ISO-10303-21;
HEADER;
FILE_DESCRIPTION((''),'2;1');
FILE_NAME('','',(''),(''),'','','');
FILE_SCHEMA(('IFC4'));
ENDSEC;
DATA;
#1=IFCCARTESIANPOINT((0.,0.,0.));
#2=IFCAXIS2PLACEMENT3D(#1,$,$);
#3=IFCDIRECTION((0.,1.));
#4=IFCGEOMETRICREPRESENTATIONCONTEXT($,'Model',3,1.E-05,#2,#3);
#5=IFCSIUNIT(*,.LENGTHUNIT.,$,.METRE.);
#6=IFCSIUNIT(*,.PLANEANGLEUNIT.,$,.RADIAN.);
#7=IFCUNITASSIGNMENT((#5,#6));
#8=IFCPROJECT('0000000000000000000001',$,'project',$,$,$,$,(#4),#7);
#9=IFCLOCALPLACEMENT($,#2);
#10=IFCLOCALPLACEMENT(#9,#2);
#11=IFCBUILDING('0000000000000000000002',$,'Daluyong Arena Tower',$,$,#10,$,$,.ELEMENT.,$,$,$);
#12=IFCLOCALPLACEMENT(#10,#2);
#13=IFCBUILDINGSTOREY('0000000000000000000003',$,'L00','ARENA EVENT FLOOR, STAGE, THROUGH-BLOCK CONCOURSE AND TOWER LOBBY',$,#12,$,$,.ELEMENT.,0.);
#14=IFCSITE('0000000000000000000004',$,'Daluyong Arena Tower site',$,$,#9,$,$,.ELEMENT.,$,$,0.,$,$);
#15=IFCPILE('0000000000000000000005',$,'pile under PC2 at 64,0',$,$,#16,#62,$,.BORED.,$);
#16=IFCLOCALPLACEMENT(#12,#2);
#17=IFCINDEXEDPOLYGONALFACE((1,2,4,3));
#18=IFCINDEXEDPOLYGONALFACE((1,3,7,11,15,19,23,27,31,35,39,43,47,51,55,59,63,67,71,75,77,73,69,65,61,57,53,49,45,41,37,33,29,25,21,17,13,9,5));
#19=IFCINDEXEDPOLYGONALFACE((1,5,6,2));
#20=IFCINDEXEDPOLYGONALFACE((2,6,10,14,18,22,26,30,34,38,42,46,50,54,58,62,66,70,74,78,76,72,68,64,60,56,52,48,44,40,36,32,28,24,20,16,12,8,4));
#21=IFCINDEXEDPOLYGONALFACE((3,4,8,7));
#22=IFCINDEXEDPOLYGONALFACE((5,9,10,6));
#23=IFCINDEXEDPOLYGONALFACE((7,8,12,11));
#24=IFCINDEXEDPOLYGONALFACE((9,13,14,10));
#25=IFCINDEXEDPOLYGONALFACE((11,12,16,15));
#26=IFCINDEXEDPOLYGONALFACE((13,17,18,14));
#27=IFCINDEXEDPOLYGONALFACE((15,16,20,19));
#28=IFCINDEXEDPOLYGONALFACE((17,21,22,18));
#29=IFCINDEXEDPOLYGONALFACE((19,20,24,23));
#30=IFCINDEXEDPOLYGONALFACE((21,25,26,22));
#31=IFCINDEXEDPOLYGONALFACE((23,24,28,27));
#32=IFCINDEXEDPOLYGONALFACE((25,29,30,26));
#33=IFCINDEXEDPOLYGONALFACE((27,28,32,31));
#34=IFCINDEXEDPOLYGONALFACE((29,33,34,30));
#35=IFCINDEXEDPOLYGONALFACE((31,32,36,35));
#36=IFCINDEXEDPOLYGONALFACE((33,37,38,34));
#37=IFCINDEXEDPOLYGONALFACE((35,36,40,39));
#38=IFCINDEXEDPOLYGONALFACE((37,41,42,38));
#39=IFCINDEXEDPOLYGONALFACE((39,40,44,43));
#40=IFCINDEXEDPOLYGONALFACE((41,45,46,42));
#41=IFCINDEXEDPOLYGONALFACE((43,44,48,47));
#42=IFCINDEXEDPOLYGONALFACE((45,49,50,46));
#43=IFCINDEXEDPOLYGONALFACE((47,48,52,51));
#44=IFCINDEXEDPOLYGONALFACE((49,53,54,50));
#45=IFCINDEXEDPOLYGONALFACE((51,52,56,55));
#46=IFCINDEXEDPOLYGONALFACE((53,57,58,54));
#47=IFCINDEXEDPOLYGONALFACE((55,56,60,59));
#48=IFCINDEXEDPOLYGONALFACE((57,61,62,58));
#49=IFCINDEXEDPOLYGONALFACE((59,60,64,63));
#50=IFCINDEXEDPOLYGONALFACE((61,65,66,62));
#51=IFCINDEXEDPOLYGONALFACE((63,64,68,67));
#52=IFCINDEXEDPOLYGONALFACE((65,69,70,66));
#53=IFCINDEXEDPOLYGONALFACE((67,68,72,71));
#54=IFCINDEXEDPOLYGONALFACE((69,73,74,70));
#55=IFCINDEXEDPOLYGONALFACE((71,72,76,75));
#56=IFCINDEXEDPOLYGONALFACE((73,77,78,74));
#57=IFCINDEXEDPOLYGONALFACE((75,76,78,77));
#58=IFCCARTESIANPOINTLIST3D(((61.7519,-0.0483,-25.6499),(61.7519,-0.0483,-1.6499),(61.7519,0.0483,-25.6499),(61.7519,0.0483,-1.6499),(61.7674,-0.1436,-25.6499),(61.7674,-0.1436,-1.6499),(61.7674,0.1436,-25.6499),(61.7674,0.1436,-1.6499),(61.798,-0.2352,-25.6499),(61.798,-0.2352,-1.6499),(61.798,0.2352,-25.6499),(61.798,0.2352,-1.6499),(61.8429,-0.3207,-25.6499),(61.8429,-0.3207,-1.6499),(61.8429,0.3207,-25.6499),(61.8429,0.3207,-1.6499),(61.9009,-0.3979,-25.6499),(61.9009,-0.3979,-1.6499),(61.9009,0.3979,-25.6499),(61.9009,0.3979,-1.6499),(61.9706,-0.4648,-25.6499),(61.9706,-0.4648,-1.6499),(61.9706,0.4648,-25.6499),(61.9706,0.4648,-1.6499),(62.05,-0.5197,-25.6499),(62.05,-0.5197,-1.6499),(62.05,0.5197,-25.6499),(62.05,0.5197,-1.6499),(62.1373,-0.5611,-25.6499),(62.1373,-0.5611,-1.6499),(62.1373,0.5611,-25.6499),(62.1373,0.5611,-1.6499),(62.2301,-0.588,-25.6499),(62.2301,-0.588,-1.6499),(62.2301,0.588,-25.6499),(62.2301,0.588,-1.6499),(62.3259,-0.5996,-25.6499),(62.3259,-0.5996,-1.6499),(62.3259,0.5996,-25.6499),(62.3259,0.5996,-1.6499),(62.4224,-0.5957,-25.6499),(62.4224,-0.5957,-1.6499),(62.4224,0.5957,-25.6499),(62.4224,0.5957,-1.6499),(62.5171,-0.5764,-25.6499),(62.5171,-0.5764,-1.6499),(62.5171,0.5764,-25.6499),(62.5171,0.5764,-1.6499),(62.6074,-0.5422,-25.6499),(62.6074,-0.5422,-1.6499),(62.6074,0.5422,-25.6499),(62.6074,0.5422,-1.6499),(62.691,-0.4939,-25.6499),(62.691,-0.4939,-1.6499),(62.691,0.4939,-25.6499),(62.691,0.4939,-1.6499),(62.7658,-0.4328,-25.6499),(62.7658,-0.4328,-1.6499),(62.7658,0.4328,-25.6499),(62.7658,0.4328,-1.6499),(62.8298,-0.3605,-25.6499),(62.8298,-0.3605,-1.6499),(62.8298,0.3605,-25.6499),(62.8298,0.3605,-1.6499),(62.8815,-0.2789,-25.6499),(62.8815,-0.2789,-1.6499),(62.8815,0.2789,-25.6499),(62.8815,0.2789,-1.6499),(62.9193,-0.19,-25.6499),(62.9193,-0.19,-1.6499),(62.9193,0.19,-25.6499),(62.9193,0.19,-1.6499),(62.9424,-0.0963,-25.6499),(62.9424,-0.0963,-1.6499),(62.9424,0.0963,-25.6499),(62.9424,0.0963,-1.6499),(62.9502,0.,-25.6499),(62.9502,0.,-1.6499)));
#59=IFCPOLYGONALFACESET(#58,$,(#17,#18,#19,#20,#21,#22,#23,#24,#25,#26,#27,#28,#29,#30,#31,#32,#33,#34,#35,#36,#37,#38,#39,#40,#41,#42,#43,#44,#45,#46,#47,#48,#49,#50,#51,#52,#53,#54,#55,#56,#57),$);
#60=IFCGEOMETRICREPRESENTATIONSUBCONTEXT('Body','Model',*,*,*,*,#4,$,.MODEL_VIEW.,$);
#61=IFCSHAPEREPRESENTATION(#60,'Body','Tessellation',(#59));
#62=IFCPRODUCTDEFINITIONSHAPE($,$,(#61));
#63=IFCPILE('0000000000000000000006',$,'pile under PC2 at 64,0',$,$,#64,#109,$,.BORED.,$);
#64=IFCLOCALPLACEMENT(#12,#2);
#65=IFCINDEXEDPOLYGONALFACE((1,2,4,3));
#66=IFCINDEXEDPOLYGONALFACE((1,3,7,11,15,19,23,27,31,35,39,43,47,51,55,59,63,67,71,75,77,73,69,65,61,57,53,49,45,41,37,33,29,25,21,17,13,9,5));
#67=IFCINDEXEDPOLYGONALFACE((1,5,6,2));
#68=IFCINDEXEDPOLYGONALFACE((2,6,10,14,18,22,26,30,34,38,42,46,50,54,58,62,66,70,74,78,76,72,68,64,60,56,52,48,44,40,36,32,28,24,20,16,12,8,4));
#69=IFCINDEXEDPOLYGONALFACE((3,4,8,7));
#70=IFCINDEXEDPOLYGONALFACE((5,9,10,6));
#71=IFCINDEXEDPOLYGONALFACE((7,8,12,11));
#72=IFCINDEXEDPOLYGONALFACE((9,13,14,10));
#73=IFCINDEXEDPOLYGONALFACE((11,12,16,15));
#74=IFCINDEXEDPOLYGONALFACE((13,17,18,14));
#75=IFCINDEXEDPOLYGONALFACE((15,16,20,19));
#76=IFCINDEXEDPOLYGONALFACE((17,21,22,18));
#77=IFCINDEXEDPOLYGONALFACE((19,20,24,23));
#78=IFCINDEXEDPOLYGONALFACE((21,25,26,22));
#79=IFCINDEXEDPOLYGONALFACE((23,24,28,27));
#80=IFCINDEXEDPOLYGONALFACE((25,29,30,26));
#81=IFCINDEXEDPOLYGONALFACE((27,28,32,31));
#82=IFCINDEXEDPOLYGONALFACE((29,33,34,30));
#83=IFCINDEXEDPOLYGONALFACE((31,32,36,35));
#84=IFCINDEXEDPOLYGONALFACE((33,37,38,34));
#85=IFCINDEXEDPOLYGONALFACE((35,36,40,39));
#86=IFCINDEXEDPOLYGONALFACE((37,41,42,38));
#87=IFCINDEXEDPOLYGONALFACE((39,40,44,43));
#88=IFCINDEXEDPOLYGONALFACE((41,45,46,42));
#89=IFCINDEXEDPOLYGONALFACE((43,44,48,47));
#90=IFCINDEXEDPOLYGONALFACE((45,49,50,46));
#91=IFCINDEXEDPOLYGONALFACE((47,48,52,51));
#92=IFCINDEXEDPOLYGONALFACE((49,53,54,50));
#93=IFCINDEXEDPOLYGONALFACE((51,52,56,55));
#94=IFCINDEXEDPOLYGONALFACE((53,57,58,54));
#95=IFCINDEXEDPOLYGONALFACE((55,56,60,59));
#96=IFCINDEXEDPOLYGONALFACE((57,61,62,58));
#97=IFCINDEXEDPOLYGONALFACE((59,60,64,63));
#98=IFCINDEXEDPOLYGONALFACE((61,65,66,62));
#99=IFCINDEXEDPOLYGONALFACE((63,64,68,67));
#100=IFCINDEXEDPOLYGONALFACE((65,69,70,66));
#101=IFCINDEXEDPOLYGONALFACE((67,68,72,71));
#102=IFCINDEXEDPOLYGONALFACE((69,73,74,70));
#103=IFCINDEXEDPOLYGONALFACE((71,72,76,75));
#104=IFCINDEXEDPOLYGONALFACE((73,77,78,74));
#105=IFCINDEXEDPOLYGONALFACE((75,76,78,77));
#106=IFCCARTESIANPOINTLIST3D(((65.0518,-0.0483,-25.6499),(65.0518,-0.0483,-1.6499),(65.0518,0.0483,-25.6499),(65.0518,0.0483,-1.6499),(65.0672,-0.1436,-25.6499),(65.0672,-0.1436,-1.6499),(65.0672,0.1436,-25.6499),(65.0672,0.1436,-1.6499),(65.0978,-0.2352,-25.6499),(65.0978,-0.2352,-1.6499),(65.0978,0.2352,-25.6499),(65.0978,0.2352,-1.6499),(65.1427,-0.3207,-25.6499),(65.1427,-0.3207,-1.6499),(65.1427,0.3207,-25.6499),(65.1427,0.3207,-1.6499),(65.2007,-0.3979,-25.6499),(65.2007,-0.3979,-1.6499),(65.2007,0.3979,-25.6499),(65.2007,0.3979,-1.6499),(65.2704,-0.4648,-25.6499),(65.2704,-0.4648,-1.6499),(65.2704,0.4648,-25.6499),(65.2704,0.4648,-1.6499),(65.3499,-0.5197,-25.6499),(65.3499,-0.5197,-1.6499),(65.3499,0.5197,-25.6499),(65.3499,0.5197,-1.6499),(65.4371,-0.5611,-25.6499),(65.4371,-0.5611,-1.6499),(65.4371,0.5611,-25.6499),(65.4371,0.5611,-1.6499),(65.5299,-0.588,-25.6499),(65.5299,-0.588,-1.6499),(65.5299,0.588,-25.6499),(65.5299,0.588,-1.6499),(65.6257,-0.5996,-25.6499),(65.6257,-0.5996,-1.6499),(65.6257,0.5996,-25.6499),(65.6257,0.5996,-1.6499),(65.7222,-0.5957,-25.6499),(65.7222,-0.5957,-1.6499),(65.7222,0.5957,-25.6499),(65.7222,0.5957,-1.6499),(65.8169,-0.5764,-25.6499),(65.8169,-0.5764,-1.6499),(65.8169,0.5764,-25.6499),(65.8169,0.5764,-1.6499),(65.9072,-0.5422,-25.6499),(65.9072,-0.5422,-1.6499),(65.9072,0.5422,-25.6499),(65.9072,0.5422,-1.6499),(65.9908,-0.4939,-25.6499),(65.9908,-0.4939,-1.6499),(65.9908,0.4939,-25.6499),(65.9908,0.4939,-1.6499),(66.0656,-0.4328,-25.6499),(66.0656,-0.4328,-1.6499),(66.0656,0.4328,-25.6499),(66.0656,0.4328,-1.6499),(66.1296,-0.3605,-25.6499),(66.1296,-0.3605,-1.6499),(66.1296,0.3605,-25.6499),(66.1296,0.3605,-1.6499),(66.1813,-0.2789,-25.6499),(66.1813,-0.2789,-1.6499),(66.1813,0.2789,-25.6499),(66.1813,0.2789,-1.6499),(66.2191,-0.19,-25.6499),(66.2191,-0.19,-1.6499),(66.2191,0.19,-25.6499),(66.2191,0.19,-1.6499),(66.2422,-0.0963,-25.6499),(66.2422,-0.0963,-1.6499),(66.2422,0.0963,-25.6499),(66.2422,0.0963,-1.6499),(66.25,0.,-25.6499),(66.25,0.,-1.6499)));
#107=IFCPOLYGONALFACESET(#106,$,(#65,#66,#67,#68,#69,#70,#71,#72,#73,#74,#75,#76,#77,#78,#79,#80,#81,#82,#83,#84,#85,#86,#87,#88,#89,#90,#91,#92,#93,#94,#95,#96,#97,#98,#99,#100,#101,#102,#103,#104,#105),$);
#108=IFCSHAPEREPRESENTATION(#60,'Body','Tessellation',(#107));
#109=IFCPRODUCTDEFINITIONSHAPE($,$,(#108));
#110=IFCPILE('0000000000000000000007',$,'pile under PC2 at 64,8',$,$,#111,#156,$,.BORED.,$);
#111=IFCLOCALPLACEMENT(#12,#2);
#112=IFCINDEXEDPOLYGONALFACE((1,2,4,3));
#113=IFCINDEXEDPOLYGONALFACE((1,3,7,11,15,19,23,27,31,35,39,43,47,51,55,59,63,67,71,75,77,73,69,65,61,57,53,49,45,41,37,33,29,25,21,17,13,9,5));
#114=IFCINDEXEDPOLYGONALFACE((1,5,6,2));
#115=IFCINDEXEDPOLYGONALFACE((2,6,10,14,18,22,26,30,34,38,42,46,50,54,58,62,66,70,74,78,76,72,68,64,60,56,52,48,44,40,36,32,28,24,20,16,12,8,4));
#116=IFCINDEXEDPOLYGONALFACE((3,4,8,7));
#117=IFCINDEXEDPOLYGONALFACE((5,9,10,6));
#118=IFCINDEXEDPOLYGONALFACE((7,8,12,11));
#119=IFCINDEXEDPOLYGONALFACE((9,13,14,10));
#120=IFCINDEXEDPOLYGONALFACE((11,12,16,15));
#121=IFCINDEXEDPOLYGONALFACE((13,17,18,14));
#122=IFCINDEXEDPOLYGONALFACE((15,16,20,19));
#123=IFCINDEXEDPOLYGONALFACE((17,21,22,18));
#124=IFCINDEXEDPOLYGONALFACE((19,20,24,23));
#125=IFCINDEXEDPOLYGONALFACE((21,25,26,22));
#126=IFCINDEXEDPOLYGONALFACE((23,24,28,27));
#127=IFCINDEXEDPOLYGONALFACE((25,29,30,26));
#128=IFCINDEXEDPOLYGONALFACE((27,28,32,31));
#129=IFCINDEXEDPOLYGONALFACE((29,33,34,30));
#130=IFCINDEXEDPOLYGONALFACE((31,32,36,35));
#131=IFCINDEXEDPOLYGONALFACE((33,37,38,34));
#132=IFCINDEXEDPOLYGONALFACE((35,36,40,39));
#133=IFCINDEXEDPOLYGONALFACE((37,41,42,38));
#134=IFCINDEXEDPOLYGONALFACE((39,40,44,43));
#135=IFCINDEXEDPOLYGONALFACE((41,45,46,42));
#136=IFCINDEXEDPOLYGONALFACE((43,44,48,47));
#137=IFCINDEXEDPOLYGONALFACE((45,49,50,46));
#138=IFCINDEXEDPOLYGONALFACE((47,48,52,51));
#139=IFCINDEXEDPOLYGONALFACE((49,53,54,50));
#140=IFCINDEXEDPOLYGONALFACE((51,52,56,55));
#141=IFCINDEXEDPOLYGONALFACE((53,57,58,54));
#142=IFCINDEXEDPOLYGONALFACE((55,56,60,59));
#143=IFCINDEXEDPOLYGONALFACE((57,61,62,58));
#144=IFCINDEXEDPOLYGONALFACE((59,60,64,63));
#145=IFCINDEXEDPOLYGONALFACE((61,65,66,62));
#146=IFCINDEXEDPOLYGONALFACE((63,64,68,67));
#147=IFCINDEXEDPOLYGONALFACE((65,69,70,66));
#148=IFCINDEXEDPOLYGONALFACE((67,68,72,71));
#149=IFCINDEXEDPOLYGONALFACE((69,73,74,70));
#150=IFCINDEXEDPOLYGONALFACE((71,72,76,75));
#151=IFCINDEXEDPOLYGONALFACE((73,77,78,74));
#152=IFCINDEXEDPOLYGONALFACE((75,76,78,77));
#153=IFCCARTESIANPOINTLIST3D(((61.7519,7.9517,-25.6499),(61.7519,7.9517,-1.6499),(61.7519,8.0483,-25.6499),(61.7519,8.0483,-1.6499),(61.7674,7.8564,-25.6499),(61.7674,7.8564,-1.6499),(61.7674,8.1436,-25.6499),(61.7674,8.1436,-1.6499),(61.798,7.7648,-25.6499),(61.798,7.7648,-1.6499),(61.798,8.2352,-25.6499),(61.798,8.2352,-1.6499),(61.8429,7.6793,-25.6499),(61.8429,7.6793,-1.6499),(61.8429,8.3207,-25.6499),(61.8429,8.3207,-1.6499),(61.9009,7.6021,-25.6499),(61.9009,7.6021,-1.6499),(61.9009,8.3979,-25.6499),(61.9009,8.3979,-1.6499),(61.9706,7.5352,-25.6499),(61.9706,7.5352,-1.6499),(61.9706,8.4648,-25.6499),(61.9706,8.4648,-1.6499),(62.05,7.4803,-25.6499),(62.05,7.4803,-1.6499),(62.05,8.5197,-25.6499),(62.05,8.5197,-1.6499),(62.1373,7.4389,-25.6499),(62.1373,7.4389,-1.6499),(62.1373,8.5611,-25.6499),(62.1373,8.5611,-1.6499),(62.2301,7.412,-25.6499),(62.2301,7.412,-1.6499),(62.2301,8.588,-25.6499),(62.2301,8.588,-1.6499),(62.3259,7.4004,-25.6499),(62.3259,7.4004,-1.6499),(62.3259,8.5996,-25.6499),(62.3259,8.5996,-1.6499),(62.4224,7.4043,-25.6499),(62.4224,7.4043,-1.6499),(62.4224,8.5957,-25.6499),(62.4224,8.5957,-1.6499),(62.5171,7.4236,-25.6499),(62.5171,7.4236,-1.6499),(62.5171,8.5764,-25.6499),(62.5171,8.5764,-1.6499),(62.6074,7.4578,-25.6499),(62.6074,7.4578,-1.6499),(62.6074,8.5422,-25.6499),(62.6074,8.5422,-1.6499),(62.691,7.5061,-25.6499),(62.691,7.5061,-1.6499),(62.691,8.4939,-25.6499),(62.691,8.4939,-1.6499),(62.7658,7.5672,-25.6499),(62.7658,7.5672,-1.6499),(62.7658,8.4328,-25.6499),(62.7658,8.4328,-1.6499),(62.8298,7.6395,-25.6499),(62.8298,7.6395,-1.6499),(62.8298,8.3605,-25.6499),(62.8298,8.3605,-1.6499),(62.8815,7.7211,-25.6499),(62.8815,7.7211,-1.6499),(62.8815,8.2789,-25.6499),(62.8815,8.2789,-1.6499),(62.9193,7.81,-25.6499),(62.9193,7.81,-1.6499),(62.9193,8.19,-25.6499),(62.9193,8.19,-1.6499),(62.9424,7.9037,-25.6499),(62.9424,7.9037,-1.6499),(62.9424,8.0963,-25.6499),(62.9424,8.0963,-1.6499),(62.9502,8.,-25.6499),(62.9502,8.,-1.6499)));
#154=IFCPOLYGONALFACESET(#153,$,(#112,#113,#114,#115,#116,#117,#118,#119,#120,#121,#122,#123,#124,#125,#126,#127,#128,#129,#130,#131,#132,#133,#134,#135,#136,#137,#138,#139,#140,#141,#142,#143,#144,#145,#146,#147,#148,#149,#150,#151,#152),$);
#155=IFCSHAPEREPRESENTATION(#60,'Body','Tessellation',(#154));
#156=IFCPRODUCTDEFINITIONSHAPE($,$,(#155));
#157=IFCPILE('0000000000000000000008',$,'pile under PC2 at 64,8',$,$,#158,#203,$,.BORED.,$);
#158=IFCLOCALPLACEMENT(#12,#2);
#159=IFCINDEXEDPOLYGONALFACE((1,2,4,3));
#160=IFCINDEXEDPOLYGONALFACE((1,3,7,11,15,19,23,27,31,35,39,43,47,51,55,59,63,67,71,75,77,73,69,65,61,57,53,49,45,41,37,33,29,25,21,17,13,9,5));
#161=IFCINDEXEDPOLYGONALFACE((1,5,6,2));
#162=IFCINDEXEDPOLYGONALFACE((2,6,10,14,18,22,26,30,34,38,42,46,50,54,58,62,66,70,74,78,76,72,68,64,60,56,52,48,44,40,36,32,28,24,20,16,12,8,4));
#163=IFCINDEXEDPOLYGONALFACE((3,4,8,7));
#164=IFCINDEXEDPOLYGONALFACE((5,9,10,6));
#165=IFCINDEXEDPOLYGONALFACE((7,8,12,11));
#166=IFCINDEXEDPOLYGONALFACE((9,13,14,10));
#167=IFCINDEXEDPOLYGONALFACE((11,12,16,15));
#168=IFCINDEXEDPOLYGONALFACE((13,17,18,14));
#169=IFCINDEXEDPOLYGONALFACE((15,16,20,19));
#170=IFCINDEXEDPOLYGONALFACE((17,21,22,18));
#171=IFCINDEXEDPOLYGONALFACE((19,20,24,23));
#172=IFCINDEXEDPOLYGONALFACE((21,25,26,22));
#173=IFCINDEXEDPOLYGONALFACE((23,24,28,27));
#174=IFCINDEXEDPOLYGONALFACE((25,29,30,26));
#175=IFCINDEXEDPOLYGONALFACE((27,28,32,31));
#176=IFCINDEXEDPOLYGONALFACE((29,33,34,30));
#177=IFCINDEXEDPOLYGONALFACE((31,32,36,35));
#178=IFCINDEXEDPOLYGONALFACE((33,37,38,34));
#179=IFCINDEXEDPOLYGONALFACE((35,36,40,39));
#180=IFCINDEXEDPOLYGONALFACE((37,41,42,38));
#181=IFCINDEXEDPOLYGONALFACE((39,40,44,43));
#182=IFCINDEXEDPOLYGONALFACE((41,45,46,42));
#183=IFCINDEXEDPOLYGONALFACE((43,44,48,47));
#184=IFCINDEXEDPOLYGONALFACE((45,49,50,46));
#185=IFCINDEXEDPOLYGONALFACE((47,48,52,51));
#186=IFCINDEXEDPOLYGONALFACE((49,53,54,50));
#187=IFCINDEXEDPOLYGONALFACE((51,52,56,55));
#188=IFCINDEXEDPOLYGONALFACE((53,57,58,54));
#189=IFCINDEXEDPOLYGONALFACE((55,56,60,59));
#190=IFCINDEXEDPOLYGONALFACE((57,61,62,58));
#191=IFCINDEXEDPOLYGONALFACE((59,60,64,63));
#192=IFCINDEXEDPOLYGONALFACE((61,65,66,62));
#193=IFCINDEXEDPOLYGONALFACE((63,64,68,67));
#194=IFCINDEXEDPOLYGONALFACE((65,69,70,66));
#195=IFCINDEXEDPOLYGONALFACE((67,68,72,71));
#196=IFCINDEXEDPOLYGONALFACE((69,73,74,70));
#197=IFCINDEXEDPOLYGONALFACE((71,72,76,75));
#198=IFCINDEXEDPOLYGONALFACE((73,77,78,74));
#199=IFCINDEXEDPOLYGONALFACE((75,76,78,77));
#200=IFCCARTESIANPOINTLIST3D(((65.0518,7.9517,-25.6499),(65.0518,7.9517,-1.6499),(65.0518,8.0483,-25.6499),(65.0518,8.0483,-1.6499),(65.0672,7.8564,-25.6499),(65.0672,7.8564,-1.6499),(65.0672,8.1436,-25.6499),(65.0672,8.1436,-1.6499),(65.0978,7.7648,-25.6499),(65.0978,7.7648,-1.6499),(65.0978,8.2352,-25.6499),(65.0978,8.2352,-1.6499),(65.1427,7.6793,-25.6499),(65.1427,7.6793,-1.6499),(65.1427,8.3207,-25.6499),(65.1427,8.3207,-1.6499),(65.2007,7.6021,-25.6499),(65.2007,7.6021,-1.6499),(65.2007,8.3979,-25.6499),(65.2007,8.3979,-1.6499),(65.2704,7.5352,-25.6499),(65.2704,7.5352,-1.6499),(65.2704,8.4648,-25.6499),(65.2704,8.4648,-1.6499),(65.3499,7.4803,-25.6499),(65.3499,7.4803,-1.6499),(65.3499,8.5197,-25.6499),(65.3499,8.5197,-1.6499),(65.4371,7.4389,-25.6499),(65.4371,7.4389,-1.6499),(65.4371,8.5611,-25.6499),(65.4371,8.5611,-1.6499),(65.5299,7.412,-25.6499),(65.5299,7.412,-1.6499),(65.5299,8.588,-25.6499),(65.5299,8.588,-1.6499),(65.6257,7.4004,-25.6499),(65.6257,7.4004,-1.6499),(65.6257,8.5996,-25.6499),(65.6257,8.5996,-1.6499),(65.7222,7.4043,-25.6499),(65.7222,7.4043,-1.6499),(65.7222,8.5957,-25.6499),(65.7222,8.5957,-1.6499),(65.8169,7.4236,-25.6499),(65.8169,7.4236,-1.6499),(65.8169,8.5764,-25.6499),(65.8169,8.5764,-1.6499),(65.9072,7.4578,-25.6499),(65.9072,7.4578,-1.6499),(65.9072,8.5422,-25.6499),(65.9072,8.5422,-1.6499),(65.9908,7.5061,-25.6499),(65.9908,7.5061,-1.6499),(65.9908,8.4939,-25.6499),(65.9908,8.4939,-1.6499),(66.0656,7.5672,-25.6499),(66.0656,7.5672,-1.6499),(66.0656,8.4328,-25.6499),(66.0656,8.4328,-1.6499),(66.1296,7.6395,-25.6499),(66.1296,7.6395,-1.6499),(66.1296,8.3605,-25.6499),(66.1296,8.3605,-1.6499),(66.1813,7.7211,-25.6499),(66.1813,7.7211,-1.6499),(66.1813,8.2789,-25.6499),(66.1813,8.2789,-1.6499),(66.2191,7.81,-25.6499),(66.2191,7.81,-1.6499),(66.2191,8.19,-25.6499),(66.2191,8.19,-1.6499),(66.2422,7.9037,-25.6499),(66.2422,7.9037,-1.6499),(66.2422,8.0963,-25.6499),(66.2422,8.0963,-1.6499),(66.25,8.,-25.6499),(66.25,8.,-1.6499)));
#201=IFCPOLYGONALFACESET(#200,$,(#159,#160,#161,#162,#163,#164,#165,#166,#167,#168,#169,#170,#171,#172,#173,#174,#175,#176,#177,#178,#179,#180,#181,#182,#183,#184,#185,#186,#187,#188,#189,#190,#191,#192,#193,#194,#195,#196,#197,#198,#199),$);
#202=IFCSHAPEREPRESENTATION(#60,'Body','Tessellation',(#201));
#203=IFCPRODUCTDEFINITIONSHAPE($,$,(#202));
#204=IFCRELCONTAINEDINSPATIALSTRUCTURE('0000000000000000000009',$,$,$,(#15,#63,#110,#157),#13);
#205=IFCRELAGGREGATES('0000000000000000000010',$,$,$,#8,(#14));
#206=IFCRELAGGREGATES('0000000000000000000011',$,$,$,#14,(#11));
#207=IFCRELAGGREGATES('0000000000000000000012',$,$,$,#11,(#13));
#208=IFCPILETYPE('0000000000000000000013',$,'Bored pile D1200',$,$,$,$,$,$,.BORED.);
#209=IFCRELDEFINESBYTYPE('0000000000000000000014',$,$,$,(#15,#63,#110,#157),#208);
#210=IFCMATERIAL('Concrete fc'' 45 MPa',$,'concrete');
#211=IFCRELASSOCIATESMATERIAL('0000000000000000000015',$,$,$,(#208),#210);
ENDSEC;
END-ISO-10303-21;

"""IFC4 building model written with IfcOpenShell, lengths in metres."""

from ifc_helpers import new_model, si_unit, direction, frame, origin, origin_2d, place, context, subcontext, project, spatial, circle, extrude, material, type_object, element, save


model = new_model("IFC4")

# Units and contexts
model_context = context("Model", 3, precision=1e-05, world=origin(), true_north=direction((0.0, 1.0)))
body_context = subcontext(model_context, "Body", "Model", "MODEL_VIEW")
ifc_project = project(units=[si_unit("LENGTHUNIT", "METRE"), si_unit("PLANEANGLEUNIT", "RADIAN")], contexts=[model_context])

# Site, building, storey
site_placement = place(None, origin())
site = spatial("IfcSite", under=ifc_project, at=site_placement, Name="Daluyong Arena Tower site", CompositionType="ELEMENT", RefElevation=0.0)
building_placement = place(site_placement, origin())
building = spatial("IfcBuilding", under=site, at=building_placement, Name="Daluyong Arena Tower", CompositionType="ELEMENT")
storey_placement = place(building_placement, origin())
storey = spatial("IfcBuildingStorey", under=building, at=storey_placement, Name="L00", Description="ARENA EVENT FLOOR, STAGE, THROUGH-BLOCK CONCOURSE AND TOWER LOBBY", CompositionType="ELEMENT", Elevation=0.0)

# Piles
ifc_material_1 = material(Name="Concrete fc' 45 MPa", Category="concrete")
pile_type = type_object("IfcPileType", Name="Bored pile D1200", PredefinedType="BORED", material=ifc_material_1)
for number, where, z_axis, x_axis, name in (
    (1, (62.3501, 0.0, -1.6499), (0.0, 0.0, -1.0), (1.0, 0.0, 0.0), "pile under PC2 at 64,0"),
    (2, (65.6499, 0.0, -1.6499), (0.0, 0.0, -1.0), (1.0, 0.0, 0.0), "pile under PC2 at 64,0"),
    (3, (62.3501, 8.0, -1.6499), (0.0, 0.0, -1.0), (1.0, 0.0, 0.0), "pile under PC2 at 64,8"),
    (4, (65.6499, 8.0, -1.6499), (0.0, 0.0, -1.0), (1.0, 0.0, 0.0), "pile under PC2 at 64,8"),
):
    element("IfcPile", number, at=place(storey_placement, frame(where, z_axis=z_axis, x_axis=x_axis)), inside=storey, type_object=pile_type, Name=name, PredefinedType="BORED", context=body_context, shape_type="SweptSolid", body=[
        extrude(circle(Radius=0.6001, at=origin_2d()), origin(), (0.0, 0.0, 1.0), 24.0),
    ])

save(model, "model.ifc")
